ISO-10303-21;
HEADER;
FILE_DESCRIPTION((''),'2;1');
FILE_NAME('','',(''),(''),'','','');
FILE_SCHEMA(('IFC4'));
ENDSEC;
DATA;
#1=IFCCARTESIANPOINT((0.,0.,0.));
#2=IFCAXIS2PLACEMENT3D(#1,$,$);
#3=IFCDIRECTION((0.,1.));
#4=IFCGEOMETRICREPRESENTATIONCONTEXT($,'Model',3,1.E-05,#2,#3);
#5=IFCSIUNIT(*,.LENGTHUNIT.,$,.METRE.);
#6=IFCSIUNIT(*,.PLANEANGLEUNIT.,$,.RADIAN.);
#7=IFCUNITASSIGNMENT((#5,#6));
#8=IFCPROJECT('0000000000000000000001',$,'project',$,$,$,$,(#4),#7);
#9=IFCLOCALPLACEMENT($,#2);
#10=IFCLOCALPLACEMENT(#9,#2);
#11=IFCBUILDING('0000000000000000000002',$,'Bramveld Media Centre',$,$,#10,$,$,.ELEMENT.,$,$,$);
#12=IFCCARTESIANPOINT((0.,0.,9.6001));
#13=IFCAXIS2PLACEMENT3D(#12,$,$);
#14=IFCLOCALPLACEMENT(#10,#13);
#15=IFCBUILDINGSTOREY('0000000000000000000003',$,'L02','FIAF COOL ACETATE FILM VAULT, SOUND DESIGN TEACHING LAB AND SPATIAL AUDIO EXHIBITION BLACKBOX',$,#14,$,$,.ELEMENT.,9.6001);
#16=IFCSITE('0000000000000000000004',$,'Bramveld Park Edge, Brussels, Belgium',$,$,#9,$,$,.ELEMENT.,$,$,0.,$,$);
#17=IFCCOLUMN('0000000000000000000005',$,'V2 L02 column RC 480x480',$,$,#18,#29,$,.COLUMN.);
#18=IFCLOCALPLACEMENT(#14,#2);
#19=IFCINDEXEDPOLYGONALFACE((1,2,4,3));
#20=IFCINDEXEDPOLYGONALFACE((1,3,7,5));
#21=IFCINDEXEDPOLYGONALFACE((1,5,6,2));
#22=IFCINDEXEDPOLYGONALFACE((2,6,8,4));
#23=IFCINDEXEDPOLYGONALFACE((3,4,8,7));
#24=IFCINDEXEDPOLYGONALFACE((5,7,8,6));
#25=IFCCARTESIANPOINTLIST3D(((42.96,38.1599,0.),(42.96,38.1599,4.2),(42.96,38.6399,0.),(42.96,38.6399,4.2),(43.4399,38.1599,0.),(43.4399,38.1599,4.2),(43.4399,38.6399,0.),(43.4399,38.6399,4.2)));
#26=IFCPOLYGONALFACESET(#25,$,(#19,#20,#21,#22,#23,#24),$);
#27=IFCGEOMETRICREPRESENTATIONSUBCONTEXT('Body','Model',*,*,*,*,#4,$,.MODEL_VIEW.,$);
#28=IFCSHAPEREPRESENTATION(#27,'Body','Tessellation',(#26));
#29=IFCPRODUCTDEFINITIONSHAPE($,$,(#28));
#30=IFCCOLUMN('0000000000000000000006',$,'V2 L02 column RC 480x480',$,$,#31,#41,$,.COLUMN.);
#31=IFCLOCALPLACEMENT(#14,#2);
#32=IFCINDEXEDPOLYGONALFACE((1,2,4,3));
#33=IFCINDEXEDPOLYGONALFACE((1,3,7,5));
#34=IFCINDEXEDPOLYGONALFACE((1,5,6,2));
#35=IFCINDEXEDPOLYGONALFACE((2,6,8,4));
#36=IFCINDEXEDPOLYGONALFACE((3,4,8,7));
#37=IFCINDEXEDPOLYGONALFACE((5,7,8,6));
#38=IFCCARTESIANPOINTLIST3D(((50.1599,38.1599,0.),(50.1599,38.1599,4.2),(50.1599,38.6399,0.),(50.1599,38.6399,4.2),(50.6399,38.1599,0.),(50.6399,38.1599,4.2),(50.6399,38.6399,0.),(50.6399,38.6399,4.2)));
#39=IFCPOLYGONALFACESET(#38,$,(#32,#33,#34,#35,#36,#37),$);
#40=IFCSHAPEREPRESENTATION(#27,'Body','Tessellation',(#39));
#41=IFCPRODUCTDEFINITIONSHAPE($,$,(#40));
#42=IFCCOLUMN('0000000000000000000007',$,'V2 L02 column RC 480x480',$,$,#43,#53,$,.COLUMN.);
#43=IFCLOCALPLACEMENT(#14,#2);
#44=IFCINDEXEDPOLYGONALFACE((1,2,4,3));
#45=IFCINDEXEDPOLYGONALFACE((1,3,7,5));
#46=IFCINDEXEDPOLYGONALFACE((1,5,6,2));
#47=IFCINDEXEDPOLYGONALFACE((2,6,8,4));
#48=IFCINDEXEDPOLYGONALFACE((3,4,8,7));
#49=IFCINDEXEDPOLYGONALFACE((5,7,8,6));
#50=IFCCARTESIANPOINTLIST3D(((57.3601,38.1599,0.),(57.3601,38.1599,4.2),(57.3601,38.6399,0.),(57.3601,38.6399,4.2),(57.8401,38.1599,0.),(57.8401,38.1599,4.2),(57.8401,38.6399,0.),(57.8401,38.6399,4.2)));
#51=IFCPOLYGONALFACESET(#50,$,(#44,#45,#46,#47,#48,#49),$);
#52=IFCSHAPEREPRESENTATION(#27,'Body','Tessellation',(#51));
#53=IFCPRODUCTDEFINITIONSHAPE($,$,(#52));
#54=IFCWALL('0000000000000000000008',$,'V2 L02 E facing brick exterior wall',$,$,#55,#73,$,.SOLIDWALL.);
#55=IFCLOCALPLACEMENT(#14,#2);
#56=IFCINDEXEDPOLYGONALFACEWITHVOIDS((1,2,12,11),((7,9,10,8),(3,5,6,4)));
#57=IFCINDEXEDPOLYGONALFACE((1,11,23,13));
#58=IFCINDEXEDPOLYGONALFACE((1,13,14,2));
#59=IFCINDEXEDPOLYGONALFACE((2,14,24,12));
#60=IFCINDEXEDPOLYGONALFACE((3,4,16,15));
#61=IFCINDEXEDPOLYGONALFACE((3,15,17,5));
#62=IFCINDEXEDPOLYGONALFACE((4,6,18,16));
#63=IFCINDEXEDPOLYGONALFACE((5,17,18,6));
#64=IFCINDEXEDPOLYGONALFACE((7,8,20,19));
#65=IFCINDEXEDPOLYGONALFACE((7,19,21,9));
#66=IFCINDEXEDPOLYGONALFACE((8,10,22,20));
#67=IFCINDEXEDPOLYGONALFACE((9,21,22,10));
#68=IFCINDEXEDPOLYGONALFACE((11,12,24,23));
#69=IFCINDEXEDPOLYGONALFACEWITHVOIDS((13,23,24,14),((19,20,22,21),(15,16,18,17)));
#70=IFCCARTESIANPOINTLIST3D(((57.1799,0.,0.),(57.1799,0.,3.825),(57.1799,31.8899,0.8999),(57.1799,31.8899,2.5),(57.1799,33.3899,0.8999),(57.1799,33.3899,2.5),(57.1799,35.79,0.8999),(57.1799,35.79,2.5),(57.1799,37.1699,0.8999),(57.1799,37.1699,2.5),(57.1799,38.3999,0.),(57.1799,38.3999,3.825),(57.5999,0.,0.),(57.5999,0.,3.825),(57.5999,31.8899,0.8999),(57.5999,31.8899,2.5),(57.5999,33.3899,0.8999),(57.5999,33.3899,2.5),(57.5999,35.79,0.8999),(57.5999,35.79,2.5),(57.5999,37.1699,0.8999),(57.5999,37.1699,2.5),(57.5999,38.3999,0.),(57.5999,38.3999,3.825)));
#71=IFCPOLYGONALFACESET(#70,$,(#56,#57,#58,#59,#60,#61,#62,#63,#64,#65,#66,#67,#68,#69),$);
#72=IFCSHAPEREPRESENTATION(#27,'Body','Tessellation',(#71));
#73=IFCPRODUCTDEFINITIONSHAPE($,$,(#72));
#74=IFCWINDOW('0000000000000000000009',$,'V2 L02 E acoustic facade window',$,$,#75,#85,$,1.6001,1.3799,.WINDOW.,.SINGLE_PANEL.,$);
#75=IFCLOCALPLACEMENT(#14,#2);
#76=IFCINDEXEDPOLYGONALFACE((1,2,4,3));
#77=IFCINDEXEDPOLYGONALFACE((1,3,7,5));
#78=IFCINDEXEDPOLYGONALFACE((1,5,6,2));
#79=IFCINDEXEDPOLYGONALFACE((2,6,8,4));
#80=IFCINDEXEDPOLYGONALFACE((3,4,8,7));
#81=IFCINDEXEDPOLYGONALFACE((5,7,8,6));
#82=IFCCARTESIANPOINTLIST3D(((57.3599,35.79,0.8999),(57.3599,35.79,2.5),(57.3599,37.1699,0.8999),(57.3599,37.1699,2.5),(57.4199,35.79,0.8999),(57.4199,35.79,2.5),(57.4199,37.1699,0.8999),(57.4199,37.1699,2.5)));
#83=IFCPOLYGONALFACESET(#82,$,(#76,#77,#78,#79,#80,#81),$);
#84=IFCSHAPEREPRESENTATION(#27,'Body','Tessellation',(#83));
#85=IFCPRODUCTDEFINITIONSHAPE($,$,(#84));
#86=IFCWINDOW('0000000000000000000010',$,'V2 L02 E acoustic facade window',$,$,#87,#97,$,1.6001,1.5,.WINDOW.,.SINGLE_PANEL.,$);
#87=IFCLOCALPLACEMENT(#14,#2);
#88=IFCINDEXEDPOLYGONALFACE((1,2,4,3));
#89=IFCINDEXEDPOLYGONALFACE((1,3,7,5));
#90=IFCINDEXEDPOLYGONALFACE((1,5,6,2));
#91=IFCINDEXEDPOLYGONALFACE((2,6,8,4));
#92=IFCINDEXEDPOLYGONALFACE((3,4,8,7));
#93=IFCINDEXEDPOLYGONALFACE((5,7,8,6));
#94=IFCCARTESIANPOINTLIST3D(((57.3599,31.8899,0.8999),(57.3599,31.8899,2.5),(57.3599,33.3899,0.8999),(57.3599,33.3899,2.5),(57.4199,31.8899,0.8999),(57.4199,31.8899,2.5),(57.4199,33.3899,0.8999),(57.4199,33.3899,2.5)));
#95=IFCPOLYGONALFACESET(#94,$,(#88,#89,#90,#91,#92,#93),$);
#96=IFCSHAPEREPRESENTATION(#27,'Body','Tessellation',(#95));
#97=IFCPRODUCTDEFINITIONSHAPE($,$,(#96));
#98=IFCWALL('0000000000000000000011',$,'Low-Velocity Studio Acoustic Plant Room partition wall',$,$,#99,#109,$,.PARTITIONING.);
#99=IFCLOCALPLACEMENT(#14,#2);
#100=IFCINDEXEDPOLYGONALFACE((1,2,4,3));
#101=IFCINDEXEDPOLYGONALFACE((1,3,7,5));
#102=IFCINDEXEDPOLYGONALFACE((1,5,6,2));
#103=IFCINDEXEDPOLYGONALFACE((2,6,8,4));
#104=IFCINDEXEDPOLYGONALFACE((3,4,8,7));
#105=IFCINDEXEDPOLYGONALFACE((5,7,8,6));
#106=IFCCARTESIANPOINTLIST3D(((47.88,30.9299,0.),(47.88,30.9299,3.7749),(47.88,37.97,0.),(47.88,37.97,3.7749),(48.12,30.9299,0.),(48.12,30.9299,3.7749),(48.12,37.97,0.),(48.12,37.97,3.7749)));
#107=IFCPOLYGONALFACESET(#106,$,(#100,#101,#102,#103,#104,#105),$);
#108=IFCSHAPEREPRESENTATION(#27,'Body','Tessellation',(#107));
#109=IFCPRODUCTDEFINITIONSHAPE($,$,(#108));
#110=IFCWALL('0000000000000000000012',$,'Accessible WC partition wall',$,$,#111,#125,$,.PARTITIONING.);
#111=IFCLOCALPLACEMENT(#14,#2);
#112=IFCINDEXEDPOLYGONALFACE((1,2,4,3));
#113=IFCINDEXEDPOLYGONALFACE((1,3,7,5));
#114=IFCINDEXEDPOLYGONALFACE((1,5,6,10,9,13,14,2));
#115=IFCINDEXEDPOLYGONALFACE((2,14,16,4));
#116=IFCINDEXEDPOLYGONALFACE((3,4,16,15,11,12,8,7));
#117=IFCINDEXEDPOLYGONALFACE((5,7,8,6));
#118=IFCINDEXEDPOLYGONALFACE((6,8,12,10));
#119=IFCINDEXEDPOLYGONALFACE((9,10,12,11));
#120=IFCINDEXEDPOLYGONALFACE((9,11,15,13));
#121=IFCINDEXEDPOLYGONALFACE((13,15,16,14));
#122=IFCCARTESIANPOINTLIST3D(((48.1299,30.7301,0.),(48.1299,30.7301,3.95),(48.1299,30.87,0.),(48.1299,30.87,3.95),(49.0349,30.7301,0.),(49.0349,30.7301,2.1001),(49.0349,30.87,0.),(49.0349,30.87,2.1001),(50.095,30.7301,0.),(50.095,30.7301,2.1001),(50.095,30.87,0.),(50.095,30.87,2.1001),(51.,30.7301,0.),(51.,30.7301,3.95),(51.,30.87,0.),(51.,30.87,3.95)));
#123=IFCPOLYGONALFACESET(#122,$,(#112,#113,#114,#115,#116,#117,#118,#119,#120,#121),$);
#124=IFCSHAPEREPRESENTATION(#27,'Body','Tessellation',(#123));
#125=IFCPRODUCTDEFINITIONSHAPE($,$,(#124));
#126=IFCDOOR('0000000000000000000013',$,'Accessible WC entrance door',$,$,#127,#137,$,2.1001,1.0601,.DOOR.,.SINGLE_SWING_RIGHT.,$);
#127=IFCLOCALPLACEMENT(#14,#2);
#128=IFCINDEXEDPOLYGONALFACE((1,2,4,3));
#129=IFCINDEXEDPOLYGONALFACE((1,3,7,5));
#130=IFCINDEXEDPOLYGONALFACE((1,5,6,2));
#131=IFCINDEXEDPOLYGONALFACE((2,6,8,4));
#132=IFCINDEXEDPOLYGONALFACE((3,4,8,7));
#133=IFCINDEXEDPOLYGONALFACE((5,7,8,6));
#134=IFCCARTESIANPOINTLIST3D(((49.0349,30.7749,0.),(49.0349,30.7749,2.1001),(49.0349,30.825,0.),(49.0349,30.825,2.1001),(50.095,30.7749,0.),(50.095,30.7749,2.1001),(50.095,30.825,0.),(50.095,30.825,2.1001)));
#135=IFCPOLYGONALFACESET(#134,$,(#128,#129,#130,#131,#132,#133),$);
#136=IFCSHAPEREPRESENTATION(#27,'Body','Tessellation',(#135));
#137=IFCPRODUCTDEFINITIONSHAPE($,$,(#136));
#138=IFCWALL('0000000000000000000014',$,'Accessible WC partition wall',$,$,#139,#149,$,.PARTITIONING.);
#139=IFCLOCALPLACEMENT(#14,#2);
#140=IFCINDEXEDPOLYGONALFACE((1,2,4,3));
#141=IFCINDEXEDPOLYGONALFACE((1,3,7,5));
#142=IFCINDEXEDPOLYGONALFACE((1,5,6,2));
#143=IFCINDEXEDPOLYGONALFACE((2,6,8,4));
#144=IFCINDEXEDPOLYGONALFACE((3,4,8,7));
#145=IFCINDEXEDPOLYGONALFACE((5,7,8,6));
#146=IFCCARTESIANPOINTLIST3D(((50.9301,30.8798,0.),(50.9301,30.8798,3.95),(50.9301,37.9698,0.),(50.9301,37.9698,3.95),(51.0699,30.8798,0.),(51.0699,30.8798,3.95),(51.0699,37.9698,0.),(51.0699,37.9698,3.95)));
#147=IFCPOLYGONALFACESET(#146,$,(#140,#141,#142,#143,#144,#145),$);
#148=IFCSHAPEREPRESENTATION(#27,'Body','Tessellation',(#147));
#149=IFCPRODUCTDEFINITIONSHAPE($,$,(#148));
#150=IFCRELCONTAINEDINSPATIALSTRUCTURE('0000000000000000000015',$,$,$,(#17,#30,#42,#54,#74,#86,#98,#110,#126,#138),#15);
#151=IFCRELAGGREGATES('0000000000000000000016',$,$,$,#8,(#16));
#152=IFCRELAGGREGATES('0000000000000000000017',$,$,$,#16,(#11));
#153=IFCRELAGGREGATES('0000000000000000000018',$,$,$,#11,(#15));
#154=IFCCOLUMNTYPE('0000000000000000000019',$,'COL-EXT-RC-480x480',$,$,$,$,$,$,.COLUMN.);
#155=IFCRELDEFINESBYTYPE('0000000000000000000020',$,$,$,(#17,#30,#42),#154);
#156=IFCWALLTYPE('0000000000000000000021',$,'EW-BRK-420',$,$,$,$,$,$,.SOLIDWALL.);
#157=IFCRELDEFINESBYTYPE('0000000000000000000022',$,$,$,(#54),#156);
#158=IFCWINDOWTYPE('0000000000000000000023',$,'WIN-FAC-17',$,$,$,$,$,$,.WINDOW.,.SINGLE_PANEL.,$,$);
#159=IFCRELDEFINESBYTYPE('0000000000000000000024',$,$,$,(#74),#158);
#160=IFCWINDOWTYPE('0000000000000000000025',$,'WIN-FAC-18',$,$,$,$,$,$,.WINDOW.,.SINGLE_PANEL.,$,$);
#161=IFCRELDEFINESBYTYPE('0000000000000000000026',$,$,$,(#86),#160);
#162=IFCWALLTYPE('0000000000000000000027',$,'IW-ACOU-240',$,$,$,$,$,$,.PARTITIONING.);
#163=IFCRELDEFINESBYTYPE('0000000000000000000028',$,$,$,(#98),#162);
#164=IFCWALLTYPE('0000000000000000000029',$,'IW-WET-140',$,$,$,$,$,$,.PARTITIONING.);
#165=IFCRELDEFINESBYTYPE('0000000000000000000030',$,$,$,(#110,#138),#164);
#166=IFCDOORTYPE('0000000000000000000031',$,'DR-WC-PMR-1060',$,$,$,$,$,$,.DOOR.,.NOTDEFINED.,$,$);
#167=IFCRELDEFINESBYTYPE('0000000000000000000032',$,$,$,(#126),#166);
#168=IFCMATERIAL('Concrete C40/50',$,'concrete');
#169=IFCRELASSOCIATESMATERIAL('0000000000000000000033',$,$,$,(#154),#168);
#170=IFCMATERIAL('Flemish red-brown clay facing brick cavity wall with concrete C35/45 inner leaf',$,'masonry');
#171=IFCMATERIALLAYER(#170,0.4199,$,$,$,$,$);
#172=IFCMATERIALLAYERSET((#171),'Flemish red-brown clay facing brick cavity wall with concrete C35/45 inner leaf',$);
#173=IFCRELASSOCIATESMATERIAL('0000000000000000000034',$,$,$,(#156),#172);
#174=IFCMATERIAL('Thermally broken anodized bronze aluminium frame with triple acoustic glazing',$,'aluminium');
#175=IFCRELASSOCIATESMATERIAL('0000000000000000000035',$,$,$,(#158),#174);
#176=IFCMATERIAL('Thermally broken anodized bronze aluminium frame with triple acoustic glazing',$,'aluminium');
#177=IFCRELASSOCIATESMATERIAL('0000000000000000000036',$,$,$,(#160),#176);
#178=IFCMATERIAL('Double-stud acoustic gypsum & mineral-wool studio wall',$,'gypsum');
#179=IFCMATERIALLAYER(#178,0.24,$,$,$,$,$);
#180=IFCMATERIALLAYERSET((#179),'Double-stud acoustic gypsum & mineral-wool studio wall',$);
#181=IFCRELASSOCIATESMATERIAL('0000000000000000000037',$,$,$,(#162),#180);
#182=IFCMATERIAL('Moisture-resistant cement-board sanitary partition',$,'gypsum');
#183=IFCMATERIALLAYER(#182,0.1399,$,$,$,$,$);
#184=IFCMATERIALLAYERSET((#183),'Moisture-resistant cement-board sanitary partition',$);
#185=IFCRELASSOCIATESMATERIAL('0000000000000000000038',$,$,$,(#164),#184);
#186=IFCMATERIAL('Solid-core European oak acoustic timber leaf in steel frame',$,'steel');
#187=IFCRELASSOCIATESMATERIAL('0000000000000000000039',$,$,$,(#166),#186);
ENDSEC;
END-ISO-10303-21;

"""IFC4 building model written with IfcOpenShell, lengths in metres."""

from ifc_helpers import new_model, si_unit, direction, frame, frame_2d, origin, origin_2d, place, context, subcontext, project, spatial, rectangle, extrude, material, layer, layer_set, material_profile, profile_set, type_object, element, fill, save


model = new_model("IFC4")

# Units and contexts
model_context = context("Model", 3, precision=1e-05, world=origin(), true_north=direction((0.0, 1.0)))
body_context = subcontext(model_context, "Body", "Model", "MODEL_VIEW")
ifc_project = project(units=[si_unit("LENGTHUNIT", "METRE"), si_unit("PLANEANGLEUNIT", "RADIAN")], contexts=[model_context])

# Site, building, storey
site_placement = place(None, origin())
site = spatial("IfcSite", under=ifc_project, at=site_placement, Name="Bramveld Park Edge, Brussels, Belgium", CompositionType="ELEMENT", RefElevation=0.0)
building_placement = place(site_placement, origin())
building = spatial("IfcBuilding", under=site, at=building_placement, Name="Bramveld Media Centre", CompositionType="ELEMENT")
storey_placement = place(building_placement, frame((0.0, 0.0, 9.6001)))
storey = spatial("IfcBuildingStorey", under=building, at=storey_placement, Name="L02", Description="FIAF COOL ACETATE FILM VAULT, SOUND DESIGN TEACHING LAB AND SPATIAL AUDIO EXHIBITION BLACKBOX", CompositionType="ELEMENT", Elevation=9.6001)

# Columns
ifc_material_1 = material(Name="Concrete C40/50", Category="concrete")
ifc_material_profile = material_profile(ifc_material_1, rectangle(XDim=0.48, YDim=0.48, at=origin_2d()), Name="RC 480x480")
ifc_profile_set = profile_set([ifc_material_profile], Name="Concrete C40/50")
column_type = type_object("IfcColumnType", Name="COL-EXT-RC-480x480", PredefinedType="COLUMN", material=ifc_profile_set)
for number, where, z_axis, x_axis, name in (
    (1, (43.2, 38.3999, 0.0), (0.0, 0.0, 1.0), (1.0, 0.0, 0.0), "V2 L02 column RC 480x480"),
    (2, (50.3999, 38.3999, 0.0), (0.0, 0.0, 1.0), (1.0, 0.0, 0.0), "V2 L02 column RC 480x480"),
    (3, (57.6001, 38.3999, 0.0), (0.0, 0.0, 1.0), (1.0, 0.0, 0.0), "V2 L02 column RC 480x480"),
):
    element("IfcColumn", number, at=place(storey_placement, frame(where, z_axis=z_axis, x_axis=x_axis)), inside=storey, type_object=column_type, Name=name, PredefinedType="COLUMN", context=body_context, shape_type="SweptSolid", body=[
        extrude(rectangle(XDim=0.48, YDim=0.48, at=origin_2d()), origin(), (0.0, 0.0, 1.0), 4.2),
    ])

# Wall, openings, windows
ifc_material_2 = material(Name="Flemish red-brown clay facing brick cavity wall with concrete C35/45 inner leaf", Category="masonry")
ifc_layer_1 = layer(ifc_material_2, 0.4199)
ifc_layer_set_1 = layer_set([ifc_layer_1], Name="Flemish red-brown clay facing brick cavity wall with concrete C35/45 inner leaf")
wall_type_1 = type_object("IfcWallType", Name="EW-BRK-420", PredefinedType="SOLIDWALL", material=ifc_layer_set_1)
wall_1_placement = place(storey_placement, frame((57.3899, 38.3999, 0.0), z_axis=(0.0, 0.0, 1.0), x_axis=(0.0, -1.0, 0.0)))
wall_1 = element("IfcWall", 4, at=wall_1_placement, inside=storey, type_object=wall_type_1, Name="V2 L02 E facing brick exterior wall", PredefinedType="SOLIDWALL", context=body_context, shape_type="SweptSolid", body=[
    extrude(rectangle(XDim=38.3999, YDim=0.4199, at=frame_2d((19.2, 0.0))), origin(), (0.0, 0.0, 1.0), 3.825),
])
opening_1_placement = place(wall_1_placement, frame((1.23, 0.0, 0.8999)))
opening_1 = element("IfcOpeningElement", 5, at=opening_1_placement, cuts=wall_1, PredefinedType="OPENING", context=body_context, shape_type="SweptSolid", body=[
    extrude(rectangle(XDim=1.3799, YDim=1.6001, at=frame_2d((0.6899, 0.8))), frame((0.0, 0.2219, 0.0), z_axis=(0.0, -1.0, 0.0), x_axis=(1.0, 0.0, 0.0)), (0.0, 0.0, 1.0), 0.4438),
])
opening_2_placement = place(wall_1_placement, frame((5.01, 0.0, 0.8999)))
opening_2 = element("IfcOpeningElement", 6, at=opening_2_placement, cuts=wall_1, PredefinedType="OPENING", context=body_context, shape_type="SweptSolid", body=[
    extrude(rectangle(XDim=1.5, YDim=1.6001, at=frame_2d((0.75, 0.8))), frame((0.0, 0.2219, 0.0), z_axis=(0.0, -1.0, 0.0), x_axis=(1.0, 0.0, 0.0)), (0.0, 0.0, 1.0), 0.4438),
])
ifc_material_3 = material(Name="Thermally broken anodized bronze aluminium frame with triple acoustic glazing", Category="aluminium")
window_type_1 = type_object("IfcWindowType", Name="WIN-FAC-17", PartitioningType="SINGLE_PANEL", PredefinedType="WINDOW", material=ifc_material_3)
window_1_placement = place(opening_1_placement, origin())
window_1 = element("IfcWindow", 7, at=window_1_placement, inside=storey, type_object=window_type_1, Name="V2 L02 E acoustic facade window", OverallHeight=1.6001, OverallWidth=1.3799, PartitioningType="SINGLE_PANEL", PredefinedType="WINDOW", context=body_context, shape_type="SweptSolid", body=[
    extrude(rectangle(XDim=1.3799, YDim=1.6001, at=frame_2d((0.6899, 0.8))), frame((0.0, 0.03, 0.0), z_axis=(0.0, -1.0, 0.0), x_axis=(1.0, 0.0, 0.0)), (0.0, 0.0, 1.0), 0.0601),
])
fill(opening_1, window_1)
ifc_material_4 = material(Name="Thermally broken anodized bronze aluminium frame with triple acoustic glazing", Category="aluminium")
window_type_2 = type_object("IfcWindowType", Name="WIN-FAC-18", PartitioningType="SINGLE_PANEL", PredefinedType="WINDOW", material=ifc_material_4)
window_2_placement = place(opening_2_placement, origin())
window_2 = element("IfcWindow", 8, at=window_2_placement, inside=storey, type_object=window_type_2, Name="V2 L02 E acoustic facade window", OverallHeight=1.6001, OverallWidth=1.5, PartitioningType="SINGLE_PANEL", PredefinedType="WINDOW", context=body_context, shape_type="SweptSolid", body=[
    extrude(rectangle(XDim=1.5, YDim=1.6001, at=frame_2d((0.75, 0.8))), frame((0.0, 0.03, 0.0), z_axis=(0.0, -1.0, 0.0), x_axis=(1.0, 0.0, 0.0)), (0.0, 0.0, 1.0), 0.0601),
])
fill(opening_2, window_2)

# Wall
ifc_material_5 = material(Name="Double-stud acoustic gypsum & mineral-wool studio wall", Category="gypsum")
ifc_layer_2 = layer(ifc_material_5, 0.24)
ifc_layer_set_2 = layer_set([ifc_layer_2], Name="Double-stud acoustic gypsum & mineral-wool studio wall")
wall_type_2 = type_object("IfcWallType", Name="IW-ACOU-240", PredefinedType="PARTITIONING", material=ifc_layer_set_2)
wall_2_placement = place(storey_placement, frame((48.0, 30.9299, 0.0), z_axis=(0.0, 0.0, 1.0), x_axis=(0.0, 1.0, 0.0)))
element("IfcWall", 9, at=wall_2_placement, inside=storey, type_object=wall_type_2, Name="Low-Velocity Studio Acoustic Plant Room partition wall", PredefinedType="PARTITIONING", context=body_context, shape_type="SweptSolid", body=[
    extrude(rectangle(XDim=7.04, YDim=0.24, at=frame_2d((3.52, 0.0))), origin(), (0.0, 0.0, 1.0), 3.7749),
])

# Wall, opening, door
ifc_material_6 = material(Name="Moisture-resistant cement-board sanitary partition", Category="gypsum")
ifc_layer_3 = layer(ifc_material_6, 0.1399)
ifc_layer_set_3 = layer_set([ifc_layer_3], Name="Moisture-resistant cement-board sanitary partition")
wall_type_3 = type_object("IfcWallType", Name="IW-WET-140", PredefinedType="PARTITIONING", material=ifc_layer_set_3)
wall_3_placement = place(storey_placement, frame((48.1299, 30.8, 0.0), z_axis=(0.0, 0.0, 1.0), x_axis=(1.0, 0.0, 0.0)))
wall_3 = element("IfcWall", 10, at=wall_3_placement, inside=storey, type_object=wall_type_3, Name="Accessible WC partition wall", PredefinedType="PARTITIONING", context=body_context, shape_type="SweptSolid", body=[
    extrude(rectangle(XDim=2.8701, YDim=0.1399, at=frame_2d((1.4351, 0.0))), origin(), (0.0, 0.0, 1.0), 3.95),
])
opening_3_placement = place(wall_3_placement, frame((0.905, 0.0, 0.0)))
opening_3 = element("IfcOpeningElement", 11, at=opening_3_placement, cuts=wall_3, PredefinedType="OPENING", context=body_context, shape_type="SweptSolid", body=[
    extrude(rectangle(XDim=1.0601, YDim=2.1001, at=frame_2d((0.53, 1.05))), frame((0.0, 0.082, 0.0), z_axis=(0.0, -1.0, 0.0), x_axis=(1.0, 0.0, 0.0)), (0.0, 0.0, 1.0), 0.1638),
])
ifc_material_7 = material(Name="Solid-core European oak acoustic timber leaf in steel frame", Category="steel")
door_type_1 = type_object("IfcDoorType", Name="DR-WC-PMR-1060", OperationType="NOTDEFINED", PredefinedType="DOOR", material=ifc_material_7)
door_1_placement = place(opening_3_placement, origin())
door_1 = element("IfcDoor", 12, at=door_1_placement, inside=storey, type_object=door_type_1, Name="Accessible WC entrance door", OperationType="SINGLE_SWING_RIGHT", OverallHeight=2.1001, OverallWidth=1.0601, PredefinedType="DOOR", context=body_context, shape_type="SweptSolid", body=[
    extrude(rectangle(XDim=1.0601, YDim=2.1001, at=frame_2d((0.53, 1.05))), frame((0.0, 0.0249, 0.0), z_axis=(0.0, -1.0, 0.0), x_axis=(1.0, 0.0, 0.0)), (0.0, 0.0, 1.0), 0.05),
])
fill(opening_3, door_1)

# Wall
wall_4_placement = place(storey_placement, frame((51.0, 30.8799, 0.0), z_axis=(0.0, 0.0, 1.0), x_axis=(0.0, 1.0, 0.0)))
element("IfcWall", 13, at=wall_4_placement, inside=storey, type_object=wall_type_3, Name="Accessible WC partition wall", PredefinedType="PARTITIONING", context=body_context, shape_type="SweptSolid", body=[
    extrude(rectangle(XDim=7.0901, YDim=0.1399, at=frame_2d((3.5449, 0.0))), origin(), (0.0, 0.0, 1.0), 3.95),
])

save(model, "model.ifc")
